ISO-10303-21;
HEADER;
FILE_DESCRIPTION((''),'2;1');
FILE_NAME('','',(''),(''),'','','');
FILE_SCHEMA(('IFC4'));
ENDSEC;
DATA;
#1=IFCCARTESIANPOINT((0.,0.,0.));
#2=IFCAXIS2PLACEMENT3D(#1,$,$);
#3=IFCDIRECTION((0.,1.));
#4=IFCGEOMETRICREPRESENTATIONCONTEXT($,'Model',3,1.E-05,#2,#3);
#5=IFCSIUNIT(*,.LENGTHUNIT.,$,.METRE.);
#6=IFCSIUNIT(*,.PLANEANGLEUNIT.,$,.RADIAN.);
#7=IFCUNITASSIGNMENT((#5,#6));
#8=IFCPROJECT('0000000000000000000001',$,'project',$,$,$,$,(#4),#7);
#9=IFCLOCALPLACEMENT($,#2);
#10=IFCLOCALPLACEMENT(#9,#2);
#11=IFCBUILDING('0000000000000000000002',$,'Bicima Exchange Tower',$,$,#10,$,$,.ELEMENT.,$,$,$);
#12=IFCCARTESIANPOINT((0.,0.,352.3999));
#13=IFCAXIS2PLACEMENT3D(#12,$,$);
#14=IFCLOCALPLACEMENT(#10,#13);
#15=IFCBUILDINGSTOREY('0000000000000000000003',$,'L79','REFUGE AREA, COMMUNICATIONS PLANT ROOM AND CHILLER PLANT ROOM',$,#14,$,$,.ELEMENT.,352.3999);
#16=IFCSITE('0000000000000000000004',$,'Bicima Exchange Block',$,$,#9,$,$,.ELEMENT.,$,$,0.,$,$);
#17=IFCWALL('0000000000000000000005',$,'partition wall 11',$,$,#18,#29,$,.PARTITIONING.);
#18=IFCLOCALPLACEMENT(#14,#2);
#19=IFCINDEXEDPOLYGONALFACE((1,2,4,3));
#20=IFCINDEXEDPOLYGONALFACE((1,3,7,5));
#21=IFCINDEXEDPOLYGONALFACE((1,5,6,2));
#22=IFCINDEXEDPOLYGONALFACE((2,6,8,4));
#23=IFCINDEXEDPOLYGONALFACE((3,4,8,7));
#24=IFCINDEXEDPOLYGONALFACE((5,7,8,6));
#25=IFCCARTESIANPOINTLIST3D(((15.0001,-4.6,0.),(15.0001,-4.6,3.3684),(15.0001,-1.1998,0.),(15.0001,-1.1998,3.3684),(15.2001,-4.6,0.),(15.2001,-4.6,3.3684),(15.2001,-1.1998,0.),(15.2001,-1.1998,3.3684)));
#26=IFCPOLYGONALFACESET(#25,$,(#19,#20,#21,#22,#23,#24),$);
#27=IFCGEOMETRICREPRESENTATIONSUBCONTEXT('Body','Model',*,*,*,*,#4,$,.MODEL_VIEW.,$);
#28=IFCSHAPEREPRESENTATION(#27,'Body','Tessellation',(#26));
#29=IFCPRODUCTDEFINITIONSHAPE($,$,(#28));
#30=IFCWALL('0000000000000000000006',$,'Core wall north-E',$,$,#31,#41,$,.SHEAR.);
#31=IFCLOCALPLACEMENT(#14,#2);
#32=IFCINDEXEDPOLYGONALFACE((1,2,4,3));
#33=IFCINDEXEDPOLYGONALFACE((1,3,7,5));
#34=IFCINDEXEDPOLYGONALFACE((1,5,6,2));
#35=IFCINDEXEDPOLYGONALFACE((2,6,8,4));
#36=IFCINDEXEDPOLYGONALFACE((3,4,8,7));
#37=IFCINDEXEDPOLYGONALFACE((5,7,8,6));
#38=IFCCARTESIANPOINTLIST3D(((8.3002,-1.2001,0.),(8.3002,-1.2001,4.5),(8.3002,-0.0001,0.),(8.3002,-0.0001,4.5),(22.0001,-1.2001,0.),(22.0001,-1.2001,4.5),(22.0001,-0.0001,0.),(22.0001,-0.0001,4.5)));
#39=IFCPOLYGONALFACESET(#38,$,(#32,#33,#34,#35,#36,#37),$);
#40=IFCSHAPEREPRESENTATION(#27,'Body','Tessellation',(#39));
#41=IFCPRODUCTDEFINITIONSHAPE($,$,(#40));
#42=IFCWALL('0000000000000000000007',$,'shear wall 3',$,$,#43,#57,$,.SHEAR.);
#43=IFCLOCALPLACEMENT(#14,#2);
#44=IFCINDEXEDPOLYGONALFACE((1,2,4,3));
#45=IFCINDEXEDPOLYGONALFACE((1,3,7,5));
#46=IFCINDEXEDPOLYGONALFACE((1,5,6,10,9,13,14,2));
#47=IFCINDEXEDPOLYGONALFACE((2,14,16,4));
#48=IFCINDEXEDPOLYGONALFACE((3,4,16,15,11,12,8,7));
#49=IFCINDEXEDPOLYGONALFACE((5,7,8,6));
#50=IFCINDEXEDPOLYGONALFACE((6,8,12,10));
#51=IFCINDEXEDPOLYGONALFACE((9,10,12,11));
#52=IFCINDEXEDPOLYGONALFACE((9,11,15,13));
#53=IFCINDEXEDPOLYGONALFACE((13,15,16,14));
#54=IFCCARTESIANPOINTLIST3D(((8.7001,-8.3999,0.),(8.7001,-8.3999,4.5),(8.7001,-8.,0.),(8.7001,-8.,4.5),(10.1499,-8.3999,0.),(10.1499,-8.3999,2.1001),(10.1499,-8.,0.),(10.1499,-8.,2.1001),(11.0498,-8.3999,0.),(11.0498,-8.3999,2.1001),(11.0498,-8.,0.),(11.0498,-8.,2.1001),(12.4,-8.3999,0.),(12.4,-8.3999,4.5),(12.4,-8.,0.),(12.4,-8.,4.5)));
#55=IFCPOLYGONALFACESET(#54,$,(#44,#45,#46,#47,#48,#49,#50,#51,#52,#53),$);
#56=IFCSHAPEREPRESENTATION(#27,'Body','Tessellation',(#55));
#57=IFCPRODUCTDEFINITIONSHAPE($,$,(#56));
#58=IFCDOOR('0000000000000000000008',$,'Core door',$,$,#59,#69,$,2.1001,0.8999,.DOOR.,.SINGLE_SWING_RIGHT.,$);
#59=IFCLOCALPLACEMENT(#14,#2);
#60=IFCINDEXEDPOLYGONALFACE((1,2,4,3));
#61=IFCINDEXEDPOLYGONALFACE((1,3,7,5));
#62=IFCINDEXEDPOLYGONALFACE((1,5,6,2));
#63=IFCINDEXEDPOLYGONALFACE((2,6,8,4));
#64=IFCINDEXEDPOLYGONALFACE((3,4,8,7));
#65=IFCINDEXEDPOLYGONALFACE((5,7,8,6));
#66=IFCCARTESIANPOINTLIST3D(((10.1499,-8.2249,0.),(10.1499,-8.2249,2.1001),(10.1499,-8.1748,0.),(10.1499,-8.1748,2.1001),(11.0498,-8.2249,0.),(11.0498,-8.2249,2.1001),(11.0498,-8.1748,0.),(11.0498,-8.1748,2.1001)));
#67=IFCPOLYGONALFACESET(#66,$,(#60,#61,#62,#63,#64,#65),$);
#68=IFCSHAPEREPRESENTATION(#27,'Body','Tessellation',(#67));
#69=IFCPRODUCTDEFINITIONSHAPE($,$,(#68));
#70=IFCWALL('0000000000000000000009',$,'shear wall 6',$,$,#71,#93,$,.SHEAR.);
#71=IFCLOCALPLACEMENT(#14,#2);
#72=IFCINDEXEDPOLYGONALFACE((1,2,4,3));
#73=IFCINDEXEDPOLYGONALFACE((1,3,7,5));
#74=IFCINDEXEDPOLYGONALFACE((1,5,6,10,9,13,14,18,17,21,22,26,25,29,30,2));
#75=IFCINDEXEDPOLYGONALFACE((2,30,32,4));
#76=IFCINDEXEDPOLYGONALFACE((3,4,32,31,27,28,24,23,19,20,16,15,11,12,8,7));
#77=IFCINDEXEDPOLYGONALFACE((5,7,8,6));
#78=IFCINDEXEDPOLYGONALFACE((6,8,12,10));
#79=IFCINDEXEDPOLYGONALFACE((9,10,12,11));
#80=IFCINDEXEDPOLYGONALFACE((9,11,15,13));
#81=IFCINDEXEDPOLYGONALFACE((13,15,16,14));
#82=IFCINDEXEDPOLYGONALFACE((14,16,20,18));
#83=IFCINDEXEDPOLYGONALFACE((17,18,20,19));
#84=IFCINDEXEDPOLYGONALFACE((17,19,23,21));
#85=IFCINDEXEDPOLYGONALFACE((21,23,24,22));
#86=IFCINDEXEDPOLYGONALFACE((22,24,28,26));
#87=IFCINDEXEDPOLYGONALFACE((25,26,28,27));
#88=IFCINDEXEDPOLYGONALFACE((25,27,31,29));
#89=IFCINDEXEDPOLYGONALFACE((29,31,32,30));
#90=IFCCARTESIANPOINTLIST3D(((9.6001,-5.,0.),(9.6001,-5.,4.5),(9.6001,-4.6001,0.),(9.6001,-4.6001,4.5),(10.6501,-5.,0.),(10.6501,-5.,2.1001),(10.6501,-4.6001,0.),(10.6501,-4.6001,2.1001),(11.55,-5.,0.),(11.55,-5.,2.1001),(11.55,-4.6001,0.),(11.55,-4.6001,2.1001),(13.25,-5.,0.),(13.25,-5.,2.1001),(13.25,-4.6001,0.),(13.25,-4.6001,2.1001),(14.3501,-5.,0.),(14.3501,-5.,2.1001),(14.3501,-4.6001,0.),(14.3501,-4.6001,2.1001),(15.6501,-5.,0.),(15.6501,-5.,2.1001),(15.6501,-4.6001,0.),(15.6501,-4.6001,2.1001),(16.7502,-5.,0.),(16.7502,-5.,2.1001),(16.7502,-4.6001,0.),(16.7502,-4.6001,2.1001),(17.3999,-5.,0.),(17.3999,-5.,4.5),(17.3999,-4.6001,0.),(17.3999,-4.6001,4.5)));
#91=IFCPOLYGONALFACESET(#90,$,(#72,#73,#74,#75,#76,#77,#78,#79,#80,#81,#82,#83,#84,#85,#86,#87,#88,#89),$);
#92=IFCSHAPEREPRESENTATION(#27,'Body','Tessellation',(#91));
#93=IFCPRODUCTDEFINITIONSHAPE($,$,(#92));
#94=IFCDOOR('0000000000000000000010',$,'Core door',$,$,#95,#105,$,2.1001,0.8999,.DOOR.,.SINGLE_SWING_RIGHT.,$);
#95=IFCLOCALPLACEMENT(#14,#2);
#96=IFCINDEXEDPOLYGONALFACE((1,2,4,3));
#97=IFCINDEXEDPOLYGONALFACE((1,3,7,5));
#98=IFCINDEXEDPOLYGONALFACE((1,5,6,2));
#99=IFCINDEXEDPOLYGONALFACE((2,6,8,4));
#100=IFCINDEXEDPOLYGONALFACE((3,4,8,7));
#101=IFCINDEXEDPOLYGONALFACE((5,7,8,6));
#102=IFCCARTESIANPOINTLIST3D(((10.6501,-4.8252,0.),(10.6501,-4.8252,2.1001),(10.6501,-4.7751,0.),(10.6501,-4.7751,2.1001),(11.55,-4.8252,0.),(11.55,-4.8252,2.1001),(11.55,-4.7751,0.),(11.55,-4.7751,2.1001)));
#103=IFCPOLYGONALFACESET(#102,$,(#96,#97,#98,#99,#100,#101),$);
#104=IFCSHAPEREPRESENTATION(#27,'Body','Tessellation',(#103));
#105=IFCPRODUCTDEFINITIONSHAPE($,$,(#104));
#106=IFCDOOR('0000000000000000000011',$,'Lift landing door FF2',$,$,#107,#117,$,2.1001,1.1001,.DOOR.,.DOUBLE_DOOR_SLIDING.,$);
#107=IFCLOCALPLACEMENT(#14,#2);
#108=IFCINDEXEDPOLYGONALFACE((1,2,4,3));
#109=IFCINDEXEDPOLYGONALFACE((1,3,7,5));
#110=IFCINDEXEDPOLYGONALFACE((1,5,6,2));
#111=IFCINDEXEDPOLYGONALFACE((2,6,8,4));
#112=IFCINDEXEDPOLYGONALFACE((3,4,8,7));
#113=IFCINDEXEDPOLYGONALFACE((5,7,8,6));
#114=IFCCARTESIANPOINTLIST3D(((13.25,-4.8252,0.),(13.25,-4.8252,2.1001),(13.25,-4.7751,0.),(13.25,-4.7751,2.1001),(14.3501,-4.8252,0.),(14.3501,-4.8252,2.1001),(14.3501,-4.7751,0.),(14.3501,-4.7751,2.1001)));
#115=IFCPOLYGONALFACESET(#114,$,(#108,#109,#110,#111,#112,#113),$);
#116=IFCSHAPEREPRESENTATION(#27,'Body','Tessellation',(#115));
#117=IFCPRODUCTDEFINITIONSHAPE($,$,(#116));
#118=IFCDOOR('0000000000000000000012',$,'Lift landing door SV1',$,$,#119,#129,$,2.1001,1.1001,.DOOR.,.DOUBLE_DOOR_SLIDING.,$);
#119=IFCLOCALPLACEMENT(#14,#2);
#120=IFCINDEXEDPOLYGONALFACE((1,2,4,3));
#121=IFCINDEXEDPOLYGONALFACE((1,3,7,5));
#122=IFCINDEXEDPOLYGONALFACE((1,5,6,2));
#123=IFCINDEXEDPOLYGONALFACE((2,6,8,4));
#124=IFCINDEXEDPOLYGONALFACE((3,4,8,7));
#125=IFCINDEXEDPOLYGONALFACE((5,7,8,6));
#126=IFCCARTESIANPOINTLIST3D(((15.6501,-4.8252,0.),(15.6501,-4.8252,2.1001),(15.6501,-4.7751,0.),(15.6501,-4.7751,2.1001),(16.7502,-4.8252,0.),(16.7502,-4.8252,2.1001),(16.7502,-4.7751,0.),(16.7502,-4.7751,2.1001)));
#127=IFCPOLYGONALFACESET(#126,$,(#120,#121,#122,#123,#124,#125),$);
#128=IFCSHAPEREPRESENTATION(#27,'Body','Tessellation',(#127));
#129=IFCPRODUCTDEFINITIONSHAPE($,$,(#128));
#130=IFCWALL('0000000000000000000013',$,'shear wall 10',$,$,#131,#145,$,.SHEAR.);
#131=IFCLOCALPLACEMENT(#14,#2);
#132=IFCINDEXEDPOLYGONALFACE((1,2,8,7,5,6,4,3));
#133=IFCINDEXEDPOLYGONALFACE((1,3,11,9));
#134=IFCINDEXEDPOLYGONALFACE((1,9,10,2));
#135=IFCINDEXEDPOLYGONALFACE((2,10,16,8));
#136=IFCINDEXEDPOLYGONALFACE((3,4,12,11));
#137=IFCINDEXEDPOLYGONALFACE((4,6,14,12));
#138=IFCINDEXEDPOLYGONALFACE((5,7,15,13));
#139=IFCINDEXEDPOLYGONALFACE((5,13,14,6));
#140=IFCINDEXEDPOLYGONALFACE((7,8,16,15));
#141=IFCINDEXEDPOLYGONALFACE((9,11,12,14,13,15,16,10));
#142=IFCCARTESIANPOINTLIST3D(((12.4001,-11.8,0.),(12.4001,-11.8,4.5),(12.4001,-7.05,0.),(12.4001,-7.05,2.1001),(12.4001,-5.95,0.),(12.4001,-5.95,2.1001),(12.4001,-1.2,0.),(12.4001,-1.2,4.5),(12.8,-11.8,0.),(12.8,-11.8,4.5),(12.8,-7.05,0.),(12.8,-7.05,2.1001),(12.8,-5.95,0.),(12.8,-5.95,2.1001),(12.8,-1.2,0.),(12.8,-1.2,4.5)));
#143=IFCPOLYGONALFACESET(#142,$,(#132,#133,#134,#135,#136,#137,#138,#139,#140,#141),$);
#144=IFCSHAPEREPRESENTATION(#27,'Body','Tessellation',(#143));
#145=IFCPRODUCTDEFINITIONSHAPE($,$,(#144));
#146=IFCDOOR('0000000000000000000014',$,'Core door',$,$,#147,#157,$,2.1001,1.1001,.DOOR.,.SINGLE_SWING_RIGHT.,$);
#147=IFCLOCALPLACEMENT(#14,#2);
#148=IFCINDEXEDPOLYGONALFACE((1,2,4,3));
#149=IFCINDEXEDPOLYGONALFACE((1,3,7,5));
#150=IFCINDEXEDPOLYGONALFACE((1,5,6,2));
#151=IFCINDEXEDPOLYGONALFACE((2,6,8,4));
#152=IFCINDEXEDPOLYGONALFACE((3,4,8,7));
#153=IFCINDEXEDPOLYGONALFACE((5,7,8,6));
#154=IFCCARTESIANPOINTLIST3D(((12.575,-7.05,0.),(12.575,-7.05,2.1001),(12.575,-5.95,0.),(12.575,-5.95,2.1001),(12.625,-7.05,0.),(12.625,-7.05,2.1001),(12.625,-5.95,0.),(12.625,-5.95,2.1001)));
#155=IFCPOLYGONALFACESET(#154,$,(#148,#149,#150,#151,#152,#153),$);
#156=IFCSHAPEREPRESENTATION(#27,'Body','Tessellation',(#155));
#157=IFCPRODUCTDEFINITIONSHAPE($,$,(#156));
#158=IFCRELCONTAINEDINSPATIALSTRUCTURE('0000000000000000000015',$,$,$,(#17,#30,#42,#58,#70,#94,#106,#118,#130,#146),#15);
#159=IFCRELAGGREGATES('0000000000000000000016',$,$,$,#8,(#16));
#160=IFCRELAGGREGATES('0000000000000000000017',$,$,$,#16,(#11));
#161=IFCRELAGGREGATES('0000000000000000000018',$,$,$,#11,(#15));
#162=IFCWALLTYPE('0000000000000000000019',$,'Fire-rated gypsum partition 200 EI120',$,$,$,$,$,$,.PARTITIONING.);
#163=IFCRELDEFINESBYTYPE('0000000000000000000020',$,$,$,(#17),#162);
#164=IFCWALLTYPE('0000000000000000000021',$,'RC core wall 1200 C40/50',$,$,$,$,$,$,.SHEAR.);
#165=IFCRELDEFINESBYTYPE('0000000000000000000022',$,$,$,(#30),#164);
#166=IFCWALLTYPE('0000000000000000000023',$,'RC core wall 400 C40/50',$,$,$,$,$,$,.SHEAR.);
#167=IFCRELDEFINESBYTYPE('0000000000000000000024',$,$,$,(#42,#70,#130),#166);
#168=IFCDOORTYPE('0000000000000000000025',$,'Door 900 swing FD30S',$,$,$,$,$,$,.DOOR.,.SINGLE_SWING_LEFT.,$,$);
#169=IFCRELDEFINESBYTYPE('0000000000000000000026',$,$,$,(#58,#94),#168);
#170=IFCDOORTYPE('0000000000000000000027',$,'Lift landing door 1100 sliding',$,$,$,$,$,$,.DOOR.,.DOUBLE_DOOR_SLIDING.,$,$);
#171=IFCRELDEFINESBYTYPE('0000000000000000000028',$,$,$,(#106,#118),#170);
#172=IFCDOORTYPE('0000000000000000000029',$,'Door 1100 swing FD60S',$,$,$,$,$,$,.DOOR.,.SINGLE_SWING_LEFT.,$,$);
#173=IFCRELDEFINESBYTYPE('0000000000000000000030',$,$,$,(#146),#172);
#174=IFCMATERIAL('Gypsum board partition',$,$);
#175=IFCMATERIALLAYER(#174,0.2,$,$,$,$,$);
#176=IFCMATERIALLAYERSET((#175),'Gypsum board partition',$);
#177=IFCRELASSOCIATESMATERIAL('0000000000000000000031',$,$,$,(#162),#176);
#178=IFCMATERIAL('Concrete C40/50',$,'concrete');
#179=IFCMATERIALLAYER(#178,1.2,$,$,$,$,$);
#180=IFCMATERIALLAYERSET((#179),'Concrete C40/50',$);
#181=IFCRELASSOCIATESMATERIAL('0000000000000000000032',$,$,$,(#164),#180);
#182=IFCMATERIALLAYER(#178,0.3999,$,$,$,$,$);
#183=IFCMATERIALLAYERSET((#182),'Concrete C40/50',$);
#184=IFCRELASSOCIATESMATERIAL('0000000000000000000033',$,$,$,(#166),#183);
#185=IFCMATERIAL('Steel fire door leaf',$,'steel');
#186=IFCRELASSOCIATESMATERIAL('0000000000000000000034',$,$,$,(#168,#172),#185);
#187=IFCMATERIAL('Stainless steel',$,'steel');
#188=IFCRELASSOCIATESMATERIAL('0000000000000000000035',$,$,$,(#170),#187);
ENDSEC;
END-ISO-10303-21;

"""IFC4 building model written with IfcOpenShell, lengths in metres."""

from ifc_helpers import new_model, si_unit, direction, frame, frame_2d, origin, place, context, subcontext, project, spatial, rectangle, extrude, material, layer, layer_set, type_object, element, fill, save


model = new_model("IFC4")

# Units and contexts
model_context = context("Model", 3, precision=1e-05, world=origin(), true_north=direction((0.0, 1.0)))
body_context = subcontext(model_context, "Body", "Model", "MODEL_VIEW")
ifc_project = project(units=[si_unit("LENGTHUNIT", "METRE"), si_unit("PLANEANGLEUNIT", "RADIAN")], contexts=[model_context])

# Site, building, storey
site_placement = place(None, origin())
site = spatial("IfcSite", under=ifc_project, at=site_placement, Name="Bicima Exchange Block", CompositionType="ELEMENT", RefElevation=0.0)
building_placement = place(site_placement, origin())
building = spatial("IfcBuilding", under=site, at=building_placement, Name="Bicima Exchange Tower", CompositionType="ELEMENT")
storey_placement = place(building_placement, frame((0.0, 0.0, 352.3999)))
storey = spatial("IfcBuildingStorey", under=building, at=storey_placement, Name="L79", Description="REFUGE AREA, COMMUNICATIONS PLANT ROOM AND CHILLER PLANT ROOM", CompositionType="ELEMENT", Elevation=352.3999)

# Walls
ifc_material_1 = material(Name="Gypsum board partition")
ifc_layer_1 = layer(ifc_material_1, 0.2)
ifc_layer_set_1 = layer_set([ifc_layer_1], Name="Gypsum board partition")
wall_type_1 = type_object("IfcWallType", Name="Fire-rated gypsum partition 200 EI120", PredefinedType="PARTITIONING", material=ifc_layer_set_1)
wall_1_placement = place(storey_placement, frame((15.1001, -4.6001, 0.0), z_axis=(0.0, 0.0, 1.0), x_axis=(0.0, 1.0, 0.0)))
element("IfcWall", 1, at=wall_1_placement, inside=storey, type_object=wall_type_1, Name="partition wall 11", PredefinedType="PARTITIONING", context=body_context, shape_type="SweptSolid", body=[
    extrude(rectangle(XDim=3.4001, YDim=0.2, at=frame_2d((1.7002, 0.0))), origin(), (0.0, 0.0, 1.0), 3.3684),
])
ifc_material_2 = material(Name="Concrete C40/50", Category="concrete")
ifc_layer_2 = layer(ifc_material_2, 1.2)
ifc_layer_set_2 = layer_set([ifc_layer_2], Name="Concrete C40/50")
wall_type_2 = type_object("IfcWallType", Name="RC core wall 1200 C40/50", PredefinedType="SHEAR", material=ifc_layer_set_2)
wall_2_placement = place(storey_placement, frame((8.3, -0.6001, 0.0), z_axis=(0.0, 0.0, 1.0), x_axis=(1.0, 0.0, 0.0)))
element("IfcWall", 2, at=wall_2_placement, inside=storey, type_object=wall_type_2, Name="Core wall north-E", PredefinedType="SHEAR", context=body_context, shape_type="SweptSolid", body=[
    extrude(rectangle(XDim=13.7, YDim=1.2, at=frame_2d((6.8501, 0.0))), origin(), (0.0, 0.0, 1.0), 4.5),
])

# Wall, opening, door
ifc_layer_3 = layer(ifc_material_2, 0.3999)
ifc_layer_set_3 = layer_set([ifc_layer_3], Name="Concrete C40/50")
wall_type_3 = type_object("IfcWallType", Name="RC core wall 400 C40/50", PredefinedType="SHEAR", material=ifc_layer_set_3)
wall_3_placement = place(storey_placement, frame((8.7, -8.2, 0.0), z_axis=(0.0, 0.0, 1.0), x_axis=(1.0, 0.0, 0.0)))
wall_3 = element("IfcWall", 3, at=wall_3_placement, inside=storey, type_object=wall_type_3, Name="shear wall 3", PredefinedType="SHEAR", context=body_context, shape_type="SweptSolid", body=[
    extrude(rectangle(XDim=3.7, YDim=0.3999, at=frame_2d((1.8501, 0.0))), origin(), (0.0, 0.0, 1.0), 4.5),
])
opening_1_placement = place(wall_3_placement, frame((1.45, 0.0, 0.0)))
opening_1 = element("IfcOpeningElement", 4, at=opening_1_placement, cuts=wall_3, PredefinedType="OPENING", context=body_context, shape_type="SweptSolid", body=[
    extrude(rectangle(XDim=0.8999, YDim=2.1001, at=frame_2d((0.45, 1.05))), frame((0.0, 0.2119, 0.0), z_axis=(0.0, -1.0, 0.0), x_axis=(1.0, 0.0, 0.0)), (0.0, 0.0, 1.0), 0.4238),
])
ifc_material_3 = material(Name="Steel fire door leaf", Category="steel")
door_type_1 = type_object("IfcDoorType", Name="Door 900 swing FD30S", OperationType="SINGLE_SWING_LEFT", PredefinedType="DOOR", material=ifc_material_3)
door_1_placement = place(opening_1_placement, frame((0.8999, 0.0, 0.0), z_axis=(0.0, 0.0, 1.0), x_axis=(-1.0, 0.0, 0.0)))
door_1 = element("IfcDoor", 5, at=door_1_placement, inside=storey, type_object=door_type_1, Name="Core door", OperationType="SINGLE_SWING_RIGHT", OverallHeight=2.1001, OverallWidth=0.8999, PredefinedType="DOOR", context=body_context, shape_type="SweptSolid", body=[
    extrude(rectangle(XDim=0.8999, YDim=2.1001, at=frame_2d((0.45, 1.05))), frame((0.0, 0.0249, 0.0), z_axis=(0.0, -1.0, 0.0), x_axis=(1.0, 0.0, 0.0)), (0.0, 0.0, 1.0), 0.05),
])
fill(opening_1, door_1)

# Wall, openings, doors
wall_4_placement = place(storey_placement, frame((9.6001, -4.8, 0.0), z_axis=(0.0, 0.0, 1.0), x_axis=(1.0, 0.0, 0.0)))
wall_4 = element("IfcWall", 6, at=wall_4_placement, inside=storey, type_object=wall_type_3, Name="shear wall 6", PredefinedType="SHEAR", context=body_context, shape_type="SweptSolid", body=[
    extrude(rectangle(XDim=7.7998, YDim=0.3999, at=frame_2d((3.8999, 0.0))), origin(), (0.0, 0.0, 1.0), 4.5),
])
opening_2_placement = place(wall_4_placement, frame((3.6499, 0.0, 0.0)))
opening_2 = element("IfcOpeningElement", 7, at=opening_2_placement, cuts=wall_4, PredefinedType="OPENING", context=body_context, shape_type="SweptSolid", body=[
    extrude(rectangle(XDim=1.1001, YDim=2.1001, at=frame_2d((0.55, 1.05))), frame((0.0, 0.2119, 0.0), z_axis=(0.0, -1.0, 0.0), x_axis=(1.0, 0.0, 0.0)), (0.0, 0.0, 1.0), 0.4238),
])
opening_3_placement = place(wall_4_placement, frame((6.05, 0.0, 0.0)))
opening_3 = element("IfcOpeningElement", 8, at=opening_3_placement, cuts=wall_4, PredefinedType="OPENING", context=body_context, shape_type="SweptSolid", body=[
    extrude(rectangle(XDim=1.1001, YDim=2.1001, at=frame_2d((0.55, 1.05))), frame((0.0, 0.2119, 0.0), z_axis=(0.0, -1.0, 0.0), x_axis=(1.0, 0.0, 0.0)), (0.0, 0.0, 1.0), 0.4238),
])
opening_4_placement = place(wall_4_placement, frame((1.05, 0.0, 0.0)))
opening_4 = element("IfcOpeningElement", 9, at=opening_4_placement, cuts=wall_4, PredefinedType="OPENING", context=body_context, shape_type="SweptSolid", body=[
    extrude(rectangle(XDim=0.8999, YDim=2.1001, at=frame_2d((0.45, 1.05))), frame((0.0, 0.2119, 0.0), z_axis=(0.0, -1.0, 0.0), x_axis=(1.0, 0.0, 0.0)), (0.0, 0.0, 1.0), 0.4238),
])
door_2_placement = place(opening_4_placement, origin())
door_2 = element("IfcDoor", 10, at=door_2_placement, inside=storey, type_object=door_type_1, Name="Core door", OperationType="SINGLE_SWING_RIGHT", OverallHeight=2.1001, OverallWidth=0.8999, PredefinedType="DOOR", context=body_context, shape_type="SweptSolid", body=[
    extrude(rectangle(XDim=0.8999, YDim=2.1001, at=frame_2d((0.45, 1.05))), frame((0.0, 0.0249, 0.0), z_axis=(0.0, -1.0, 0.0), x_axis=(1.0, 0.0, 0.0)), (0.0, 0.0, 1.0), 0.05),
])
fill(opening_4, door_2)
ifc_material_4 = material(Name="Stainless steel", Category="steel")
door_type_2 = type_object("IfcDoorType", Name="Lift landing door 1100 sliding", OperationType="DOUBLE_DOOR_SLIDING", PredefinedType="DOOR", material=ifc_material_4)
door_3_placement = place(opening_2_placement, origin())
door_3 = element("IfcDoor", 11, at=door_3_placement, inside=storey, type_object=door_type_2, Name="Lift landing door FF2", OperationType="DOUBLE_DOOR_SLIDING", OverallHeight=2.1001, OverallWidth=1.1001, PredefinedType="DOOR", context=body_context, shape_type="SweptSolid", body=[
    extrude(rectangle(XDim=1.1001, YDim=2.1001, at=frame_2d((0.55, 1.05))), frame((0.0, 0.0249, 0.0), z_axis=(0.0, -1.0, 0.0), x_axis=(1.0, 0.0, 0.0)), (0.0, 0.0, 1.0), 0.05),
])
fill(opening_2, door_3)
door_4_placement = place(opening_3_placement, origin())
door_4 = element("IfcDoor", 12, at=door_4_placement, inside=storey, type_object=door_type_2, Name="Lift landing door SV1", OperationType="DOUBLE_DOOR_SLIDING", OverallHeight=2.1001, OverallWidth=1.1001, PredefinedType="DOOR", context=body_context, shape_type="SweptSolid", body=[
    extrude(rectangle(XDim=1.1001, YDim=2.1001, at=frame_2d((0.55, 1.05))), frame((0.0, 0.0249, 0.0), z_axis=(0.0, -1.0, 0.0), x_axis=(1.0, 0.0, 0.0)), (0.0, 0.0, 1.0), 0.05),
])
fill(opening_3, door_4)

# Wall, opening, door
wall_5_placement = place(storey_placement, frame((12.6001, -11.8, 0.0), z_axis=(0.0, 0.0, 1.0), x_axis=(0.0, 1.0, 0.0)))
wall_5 = element("IfcWall", 13, at=wall_5_placement, inside=storey, type_object=wall_type_3, Name="shear wall 10", PredefinedType="SHEAR", context=body_context, shape_type="SweptSolid", body=[
    extrude(rectangle(XDim=10.6001, YDim=0.3999, at=frame_2d((5.3, 0.0))), origin(), (0.0, 0.0, 1.0), 4.5),
])
opening_5_placement = place(wall_5_placement, frame((4.75, 0.0, 0.0)))
opening_5 = element("IfcOpeningElement", 14, at=opening_5_placement, cuts=wall_5, PredefinedType="OPENING", context=body_context, shape_type="SweptSolid", body=[
    extrude(rectangle(XDim=1.1001, YDim=2.1001, at=frame_2d((0.55, 1.05))), frame((0.0, 0.2119, 0.0), z_axis=(0.0, -1.0, 0.0), x_axis=(1.0, 0.0, 0.0)), (0.0, 0.0, 1.0), 0.4238),
])
door_type_3 = type_object("IfcDoorType", Name="Door 1100 swing FD60S", OperationType="SINGLE_SWING_LEFT", PredefinedType="DOOR", material=ifc_material_3)
door_5_placement = place(opening_5_placement, frame((1.1001, 0.0, 0.0), z_axis=(0.0, 0.0, 1.0), x_axis=(-1.0, 0.0, 0.0)))
door_5 = element("IfcDoor", 15, at=door_5_placement, inside=storey, type_object=door_type_3, Name="Core door", OperationType="SINGLE_SWING_RIGHT", OverallHeight=2.1001, OverallWidth=1.1001, PredefinedType="DOOR", context=body_context, shape_type="SweptSolid", body=[
    extrude(rectangle(XDim=1.1001, YDim=2.1001, at=frame_2d((0.55, 1.05))), frame((0.0, 0.0249, 0.0), z_axis=(0.0, -1.0, 0.0), x_axis=(1.0, 0.0, 0.0)), (0.0, 0.0, 1.0), 0.05),
])
fill(opening_5, door_5)

save(model, "model.ifc")
